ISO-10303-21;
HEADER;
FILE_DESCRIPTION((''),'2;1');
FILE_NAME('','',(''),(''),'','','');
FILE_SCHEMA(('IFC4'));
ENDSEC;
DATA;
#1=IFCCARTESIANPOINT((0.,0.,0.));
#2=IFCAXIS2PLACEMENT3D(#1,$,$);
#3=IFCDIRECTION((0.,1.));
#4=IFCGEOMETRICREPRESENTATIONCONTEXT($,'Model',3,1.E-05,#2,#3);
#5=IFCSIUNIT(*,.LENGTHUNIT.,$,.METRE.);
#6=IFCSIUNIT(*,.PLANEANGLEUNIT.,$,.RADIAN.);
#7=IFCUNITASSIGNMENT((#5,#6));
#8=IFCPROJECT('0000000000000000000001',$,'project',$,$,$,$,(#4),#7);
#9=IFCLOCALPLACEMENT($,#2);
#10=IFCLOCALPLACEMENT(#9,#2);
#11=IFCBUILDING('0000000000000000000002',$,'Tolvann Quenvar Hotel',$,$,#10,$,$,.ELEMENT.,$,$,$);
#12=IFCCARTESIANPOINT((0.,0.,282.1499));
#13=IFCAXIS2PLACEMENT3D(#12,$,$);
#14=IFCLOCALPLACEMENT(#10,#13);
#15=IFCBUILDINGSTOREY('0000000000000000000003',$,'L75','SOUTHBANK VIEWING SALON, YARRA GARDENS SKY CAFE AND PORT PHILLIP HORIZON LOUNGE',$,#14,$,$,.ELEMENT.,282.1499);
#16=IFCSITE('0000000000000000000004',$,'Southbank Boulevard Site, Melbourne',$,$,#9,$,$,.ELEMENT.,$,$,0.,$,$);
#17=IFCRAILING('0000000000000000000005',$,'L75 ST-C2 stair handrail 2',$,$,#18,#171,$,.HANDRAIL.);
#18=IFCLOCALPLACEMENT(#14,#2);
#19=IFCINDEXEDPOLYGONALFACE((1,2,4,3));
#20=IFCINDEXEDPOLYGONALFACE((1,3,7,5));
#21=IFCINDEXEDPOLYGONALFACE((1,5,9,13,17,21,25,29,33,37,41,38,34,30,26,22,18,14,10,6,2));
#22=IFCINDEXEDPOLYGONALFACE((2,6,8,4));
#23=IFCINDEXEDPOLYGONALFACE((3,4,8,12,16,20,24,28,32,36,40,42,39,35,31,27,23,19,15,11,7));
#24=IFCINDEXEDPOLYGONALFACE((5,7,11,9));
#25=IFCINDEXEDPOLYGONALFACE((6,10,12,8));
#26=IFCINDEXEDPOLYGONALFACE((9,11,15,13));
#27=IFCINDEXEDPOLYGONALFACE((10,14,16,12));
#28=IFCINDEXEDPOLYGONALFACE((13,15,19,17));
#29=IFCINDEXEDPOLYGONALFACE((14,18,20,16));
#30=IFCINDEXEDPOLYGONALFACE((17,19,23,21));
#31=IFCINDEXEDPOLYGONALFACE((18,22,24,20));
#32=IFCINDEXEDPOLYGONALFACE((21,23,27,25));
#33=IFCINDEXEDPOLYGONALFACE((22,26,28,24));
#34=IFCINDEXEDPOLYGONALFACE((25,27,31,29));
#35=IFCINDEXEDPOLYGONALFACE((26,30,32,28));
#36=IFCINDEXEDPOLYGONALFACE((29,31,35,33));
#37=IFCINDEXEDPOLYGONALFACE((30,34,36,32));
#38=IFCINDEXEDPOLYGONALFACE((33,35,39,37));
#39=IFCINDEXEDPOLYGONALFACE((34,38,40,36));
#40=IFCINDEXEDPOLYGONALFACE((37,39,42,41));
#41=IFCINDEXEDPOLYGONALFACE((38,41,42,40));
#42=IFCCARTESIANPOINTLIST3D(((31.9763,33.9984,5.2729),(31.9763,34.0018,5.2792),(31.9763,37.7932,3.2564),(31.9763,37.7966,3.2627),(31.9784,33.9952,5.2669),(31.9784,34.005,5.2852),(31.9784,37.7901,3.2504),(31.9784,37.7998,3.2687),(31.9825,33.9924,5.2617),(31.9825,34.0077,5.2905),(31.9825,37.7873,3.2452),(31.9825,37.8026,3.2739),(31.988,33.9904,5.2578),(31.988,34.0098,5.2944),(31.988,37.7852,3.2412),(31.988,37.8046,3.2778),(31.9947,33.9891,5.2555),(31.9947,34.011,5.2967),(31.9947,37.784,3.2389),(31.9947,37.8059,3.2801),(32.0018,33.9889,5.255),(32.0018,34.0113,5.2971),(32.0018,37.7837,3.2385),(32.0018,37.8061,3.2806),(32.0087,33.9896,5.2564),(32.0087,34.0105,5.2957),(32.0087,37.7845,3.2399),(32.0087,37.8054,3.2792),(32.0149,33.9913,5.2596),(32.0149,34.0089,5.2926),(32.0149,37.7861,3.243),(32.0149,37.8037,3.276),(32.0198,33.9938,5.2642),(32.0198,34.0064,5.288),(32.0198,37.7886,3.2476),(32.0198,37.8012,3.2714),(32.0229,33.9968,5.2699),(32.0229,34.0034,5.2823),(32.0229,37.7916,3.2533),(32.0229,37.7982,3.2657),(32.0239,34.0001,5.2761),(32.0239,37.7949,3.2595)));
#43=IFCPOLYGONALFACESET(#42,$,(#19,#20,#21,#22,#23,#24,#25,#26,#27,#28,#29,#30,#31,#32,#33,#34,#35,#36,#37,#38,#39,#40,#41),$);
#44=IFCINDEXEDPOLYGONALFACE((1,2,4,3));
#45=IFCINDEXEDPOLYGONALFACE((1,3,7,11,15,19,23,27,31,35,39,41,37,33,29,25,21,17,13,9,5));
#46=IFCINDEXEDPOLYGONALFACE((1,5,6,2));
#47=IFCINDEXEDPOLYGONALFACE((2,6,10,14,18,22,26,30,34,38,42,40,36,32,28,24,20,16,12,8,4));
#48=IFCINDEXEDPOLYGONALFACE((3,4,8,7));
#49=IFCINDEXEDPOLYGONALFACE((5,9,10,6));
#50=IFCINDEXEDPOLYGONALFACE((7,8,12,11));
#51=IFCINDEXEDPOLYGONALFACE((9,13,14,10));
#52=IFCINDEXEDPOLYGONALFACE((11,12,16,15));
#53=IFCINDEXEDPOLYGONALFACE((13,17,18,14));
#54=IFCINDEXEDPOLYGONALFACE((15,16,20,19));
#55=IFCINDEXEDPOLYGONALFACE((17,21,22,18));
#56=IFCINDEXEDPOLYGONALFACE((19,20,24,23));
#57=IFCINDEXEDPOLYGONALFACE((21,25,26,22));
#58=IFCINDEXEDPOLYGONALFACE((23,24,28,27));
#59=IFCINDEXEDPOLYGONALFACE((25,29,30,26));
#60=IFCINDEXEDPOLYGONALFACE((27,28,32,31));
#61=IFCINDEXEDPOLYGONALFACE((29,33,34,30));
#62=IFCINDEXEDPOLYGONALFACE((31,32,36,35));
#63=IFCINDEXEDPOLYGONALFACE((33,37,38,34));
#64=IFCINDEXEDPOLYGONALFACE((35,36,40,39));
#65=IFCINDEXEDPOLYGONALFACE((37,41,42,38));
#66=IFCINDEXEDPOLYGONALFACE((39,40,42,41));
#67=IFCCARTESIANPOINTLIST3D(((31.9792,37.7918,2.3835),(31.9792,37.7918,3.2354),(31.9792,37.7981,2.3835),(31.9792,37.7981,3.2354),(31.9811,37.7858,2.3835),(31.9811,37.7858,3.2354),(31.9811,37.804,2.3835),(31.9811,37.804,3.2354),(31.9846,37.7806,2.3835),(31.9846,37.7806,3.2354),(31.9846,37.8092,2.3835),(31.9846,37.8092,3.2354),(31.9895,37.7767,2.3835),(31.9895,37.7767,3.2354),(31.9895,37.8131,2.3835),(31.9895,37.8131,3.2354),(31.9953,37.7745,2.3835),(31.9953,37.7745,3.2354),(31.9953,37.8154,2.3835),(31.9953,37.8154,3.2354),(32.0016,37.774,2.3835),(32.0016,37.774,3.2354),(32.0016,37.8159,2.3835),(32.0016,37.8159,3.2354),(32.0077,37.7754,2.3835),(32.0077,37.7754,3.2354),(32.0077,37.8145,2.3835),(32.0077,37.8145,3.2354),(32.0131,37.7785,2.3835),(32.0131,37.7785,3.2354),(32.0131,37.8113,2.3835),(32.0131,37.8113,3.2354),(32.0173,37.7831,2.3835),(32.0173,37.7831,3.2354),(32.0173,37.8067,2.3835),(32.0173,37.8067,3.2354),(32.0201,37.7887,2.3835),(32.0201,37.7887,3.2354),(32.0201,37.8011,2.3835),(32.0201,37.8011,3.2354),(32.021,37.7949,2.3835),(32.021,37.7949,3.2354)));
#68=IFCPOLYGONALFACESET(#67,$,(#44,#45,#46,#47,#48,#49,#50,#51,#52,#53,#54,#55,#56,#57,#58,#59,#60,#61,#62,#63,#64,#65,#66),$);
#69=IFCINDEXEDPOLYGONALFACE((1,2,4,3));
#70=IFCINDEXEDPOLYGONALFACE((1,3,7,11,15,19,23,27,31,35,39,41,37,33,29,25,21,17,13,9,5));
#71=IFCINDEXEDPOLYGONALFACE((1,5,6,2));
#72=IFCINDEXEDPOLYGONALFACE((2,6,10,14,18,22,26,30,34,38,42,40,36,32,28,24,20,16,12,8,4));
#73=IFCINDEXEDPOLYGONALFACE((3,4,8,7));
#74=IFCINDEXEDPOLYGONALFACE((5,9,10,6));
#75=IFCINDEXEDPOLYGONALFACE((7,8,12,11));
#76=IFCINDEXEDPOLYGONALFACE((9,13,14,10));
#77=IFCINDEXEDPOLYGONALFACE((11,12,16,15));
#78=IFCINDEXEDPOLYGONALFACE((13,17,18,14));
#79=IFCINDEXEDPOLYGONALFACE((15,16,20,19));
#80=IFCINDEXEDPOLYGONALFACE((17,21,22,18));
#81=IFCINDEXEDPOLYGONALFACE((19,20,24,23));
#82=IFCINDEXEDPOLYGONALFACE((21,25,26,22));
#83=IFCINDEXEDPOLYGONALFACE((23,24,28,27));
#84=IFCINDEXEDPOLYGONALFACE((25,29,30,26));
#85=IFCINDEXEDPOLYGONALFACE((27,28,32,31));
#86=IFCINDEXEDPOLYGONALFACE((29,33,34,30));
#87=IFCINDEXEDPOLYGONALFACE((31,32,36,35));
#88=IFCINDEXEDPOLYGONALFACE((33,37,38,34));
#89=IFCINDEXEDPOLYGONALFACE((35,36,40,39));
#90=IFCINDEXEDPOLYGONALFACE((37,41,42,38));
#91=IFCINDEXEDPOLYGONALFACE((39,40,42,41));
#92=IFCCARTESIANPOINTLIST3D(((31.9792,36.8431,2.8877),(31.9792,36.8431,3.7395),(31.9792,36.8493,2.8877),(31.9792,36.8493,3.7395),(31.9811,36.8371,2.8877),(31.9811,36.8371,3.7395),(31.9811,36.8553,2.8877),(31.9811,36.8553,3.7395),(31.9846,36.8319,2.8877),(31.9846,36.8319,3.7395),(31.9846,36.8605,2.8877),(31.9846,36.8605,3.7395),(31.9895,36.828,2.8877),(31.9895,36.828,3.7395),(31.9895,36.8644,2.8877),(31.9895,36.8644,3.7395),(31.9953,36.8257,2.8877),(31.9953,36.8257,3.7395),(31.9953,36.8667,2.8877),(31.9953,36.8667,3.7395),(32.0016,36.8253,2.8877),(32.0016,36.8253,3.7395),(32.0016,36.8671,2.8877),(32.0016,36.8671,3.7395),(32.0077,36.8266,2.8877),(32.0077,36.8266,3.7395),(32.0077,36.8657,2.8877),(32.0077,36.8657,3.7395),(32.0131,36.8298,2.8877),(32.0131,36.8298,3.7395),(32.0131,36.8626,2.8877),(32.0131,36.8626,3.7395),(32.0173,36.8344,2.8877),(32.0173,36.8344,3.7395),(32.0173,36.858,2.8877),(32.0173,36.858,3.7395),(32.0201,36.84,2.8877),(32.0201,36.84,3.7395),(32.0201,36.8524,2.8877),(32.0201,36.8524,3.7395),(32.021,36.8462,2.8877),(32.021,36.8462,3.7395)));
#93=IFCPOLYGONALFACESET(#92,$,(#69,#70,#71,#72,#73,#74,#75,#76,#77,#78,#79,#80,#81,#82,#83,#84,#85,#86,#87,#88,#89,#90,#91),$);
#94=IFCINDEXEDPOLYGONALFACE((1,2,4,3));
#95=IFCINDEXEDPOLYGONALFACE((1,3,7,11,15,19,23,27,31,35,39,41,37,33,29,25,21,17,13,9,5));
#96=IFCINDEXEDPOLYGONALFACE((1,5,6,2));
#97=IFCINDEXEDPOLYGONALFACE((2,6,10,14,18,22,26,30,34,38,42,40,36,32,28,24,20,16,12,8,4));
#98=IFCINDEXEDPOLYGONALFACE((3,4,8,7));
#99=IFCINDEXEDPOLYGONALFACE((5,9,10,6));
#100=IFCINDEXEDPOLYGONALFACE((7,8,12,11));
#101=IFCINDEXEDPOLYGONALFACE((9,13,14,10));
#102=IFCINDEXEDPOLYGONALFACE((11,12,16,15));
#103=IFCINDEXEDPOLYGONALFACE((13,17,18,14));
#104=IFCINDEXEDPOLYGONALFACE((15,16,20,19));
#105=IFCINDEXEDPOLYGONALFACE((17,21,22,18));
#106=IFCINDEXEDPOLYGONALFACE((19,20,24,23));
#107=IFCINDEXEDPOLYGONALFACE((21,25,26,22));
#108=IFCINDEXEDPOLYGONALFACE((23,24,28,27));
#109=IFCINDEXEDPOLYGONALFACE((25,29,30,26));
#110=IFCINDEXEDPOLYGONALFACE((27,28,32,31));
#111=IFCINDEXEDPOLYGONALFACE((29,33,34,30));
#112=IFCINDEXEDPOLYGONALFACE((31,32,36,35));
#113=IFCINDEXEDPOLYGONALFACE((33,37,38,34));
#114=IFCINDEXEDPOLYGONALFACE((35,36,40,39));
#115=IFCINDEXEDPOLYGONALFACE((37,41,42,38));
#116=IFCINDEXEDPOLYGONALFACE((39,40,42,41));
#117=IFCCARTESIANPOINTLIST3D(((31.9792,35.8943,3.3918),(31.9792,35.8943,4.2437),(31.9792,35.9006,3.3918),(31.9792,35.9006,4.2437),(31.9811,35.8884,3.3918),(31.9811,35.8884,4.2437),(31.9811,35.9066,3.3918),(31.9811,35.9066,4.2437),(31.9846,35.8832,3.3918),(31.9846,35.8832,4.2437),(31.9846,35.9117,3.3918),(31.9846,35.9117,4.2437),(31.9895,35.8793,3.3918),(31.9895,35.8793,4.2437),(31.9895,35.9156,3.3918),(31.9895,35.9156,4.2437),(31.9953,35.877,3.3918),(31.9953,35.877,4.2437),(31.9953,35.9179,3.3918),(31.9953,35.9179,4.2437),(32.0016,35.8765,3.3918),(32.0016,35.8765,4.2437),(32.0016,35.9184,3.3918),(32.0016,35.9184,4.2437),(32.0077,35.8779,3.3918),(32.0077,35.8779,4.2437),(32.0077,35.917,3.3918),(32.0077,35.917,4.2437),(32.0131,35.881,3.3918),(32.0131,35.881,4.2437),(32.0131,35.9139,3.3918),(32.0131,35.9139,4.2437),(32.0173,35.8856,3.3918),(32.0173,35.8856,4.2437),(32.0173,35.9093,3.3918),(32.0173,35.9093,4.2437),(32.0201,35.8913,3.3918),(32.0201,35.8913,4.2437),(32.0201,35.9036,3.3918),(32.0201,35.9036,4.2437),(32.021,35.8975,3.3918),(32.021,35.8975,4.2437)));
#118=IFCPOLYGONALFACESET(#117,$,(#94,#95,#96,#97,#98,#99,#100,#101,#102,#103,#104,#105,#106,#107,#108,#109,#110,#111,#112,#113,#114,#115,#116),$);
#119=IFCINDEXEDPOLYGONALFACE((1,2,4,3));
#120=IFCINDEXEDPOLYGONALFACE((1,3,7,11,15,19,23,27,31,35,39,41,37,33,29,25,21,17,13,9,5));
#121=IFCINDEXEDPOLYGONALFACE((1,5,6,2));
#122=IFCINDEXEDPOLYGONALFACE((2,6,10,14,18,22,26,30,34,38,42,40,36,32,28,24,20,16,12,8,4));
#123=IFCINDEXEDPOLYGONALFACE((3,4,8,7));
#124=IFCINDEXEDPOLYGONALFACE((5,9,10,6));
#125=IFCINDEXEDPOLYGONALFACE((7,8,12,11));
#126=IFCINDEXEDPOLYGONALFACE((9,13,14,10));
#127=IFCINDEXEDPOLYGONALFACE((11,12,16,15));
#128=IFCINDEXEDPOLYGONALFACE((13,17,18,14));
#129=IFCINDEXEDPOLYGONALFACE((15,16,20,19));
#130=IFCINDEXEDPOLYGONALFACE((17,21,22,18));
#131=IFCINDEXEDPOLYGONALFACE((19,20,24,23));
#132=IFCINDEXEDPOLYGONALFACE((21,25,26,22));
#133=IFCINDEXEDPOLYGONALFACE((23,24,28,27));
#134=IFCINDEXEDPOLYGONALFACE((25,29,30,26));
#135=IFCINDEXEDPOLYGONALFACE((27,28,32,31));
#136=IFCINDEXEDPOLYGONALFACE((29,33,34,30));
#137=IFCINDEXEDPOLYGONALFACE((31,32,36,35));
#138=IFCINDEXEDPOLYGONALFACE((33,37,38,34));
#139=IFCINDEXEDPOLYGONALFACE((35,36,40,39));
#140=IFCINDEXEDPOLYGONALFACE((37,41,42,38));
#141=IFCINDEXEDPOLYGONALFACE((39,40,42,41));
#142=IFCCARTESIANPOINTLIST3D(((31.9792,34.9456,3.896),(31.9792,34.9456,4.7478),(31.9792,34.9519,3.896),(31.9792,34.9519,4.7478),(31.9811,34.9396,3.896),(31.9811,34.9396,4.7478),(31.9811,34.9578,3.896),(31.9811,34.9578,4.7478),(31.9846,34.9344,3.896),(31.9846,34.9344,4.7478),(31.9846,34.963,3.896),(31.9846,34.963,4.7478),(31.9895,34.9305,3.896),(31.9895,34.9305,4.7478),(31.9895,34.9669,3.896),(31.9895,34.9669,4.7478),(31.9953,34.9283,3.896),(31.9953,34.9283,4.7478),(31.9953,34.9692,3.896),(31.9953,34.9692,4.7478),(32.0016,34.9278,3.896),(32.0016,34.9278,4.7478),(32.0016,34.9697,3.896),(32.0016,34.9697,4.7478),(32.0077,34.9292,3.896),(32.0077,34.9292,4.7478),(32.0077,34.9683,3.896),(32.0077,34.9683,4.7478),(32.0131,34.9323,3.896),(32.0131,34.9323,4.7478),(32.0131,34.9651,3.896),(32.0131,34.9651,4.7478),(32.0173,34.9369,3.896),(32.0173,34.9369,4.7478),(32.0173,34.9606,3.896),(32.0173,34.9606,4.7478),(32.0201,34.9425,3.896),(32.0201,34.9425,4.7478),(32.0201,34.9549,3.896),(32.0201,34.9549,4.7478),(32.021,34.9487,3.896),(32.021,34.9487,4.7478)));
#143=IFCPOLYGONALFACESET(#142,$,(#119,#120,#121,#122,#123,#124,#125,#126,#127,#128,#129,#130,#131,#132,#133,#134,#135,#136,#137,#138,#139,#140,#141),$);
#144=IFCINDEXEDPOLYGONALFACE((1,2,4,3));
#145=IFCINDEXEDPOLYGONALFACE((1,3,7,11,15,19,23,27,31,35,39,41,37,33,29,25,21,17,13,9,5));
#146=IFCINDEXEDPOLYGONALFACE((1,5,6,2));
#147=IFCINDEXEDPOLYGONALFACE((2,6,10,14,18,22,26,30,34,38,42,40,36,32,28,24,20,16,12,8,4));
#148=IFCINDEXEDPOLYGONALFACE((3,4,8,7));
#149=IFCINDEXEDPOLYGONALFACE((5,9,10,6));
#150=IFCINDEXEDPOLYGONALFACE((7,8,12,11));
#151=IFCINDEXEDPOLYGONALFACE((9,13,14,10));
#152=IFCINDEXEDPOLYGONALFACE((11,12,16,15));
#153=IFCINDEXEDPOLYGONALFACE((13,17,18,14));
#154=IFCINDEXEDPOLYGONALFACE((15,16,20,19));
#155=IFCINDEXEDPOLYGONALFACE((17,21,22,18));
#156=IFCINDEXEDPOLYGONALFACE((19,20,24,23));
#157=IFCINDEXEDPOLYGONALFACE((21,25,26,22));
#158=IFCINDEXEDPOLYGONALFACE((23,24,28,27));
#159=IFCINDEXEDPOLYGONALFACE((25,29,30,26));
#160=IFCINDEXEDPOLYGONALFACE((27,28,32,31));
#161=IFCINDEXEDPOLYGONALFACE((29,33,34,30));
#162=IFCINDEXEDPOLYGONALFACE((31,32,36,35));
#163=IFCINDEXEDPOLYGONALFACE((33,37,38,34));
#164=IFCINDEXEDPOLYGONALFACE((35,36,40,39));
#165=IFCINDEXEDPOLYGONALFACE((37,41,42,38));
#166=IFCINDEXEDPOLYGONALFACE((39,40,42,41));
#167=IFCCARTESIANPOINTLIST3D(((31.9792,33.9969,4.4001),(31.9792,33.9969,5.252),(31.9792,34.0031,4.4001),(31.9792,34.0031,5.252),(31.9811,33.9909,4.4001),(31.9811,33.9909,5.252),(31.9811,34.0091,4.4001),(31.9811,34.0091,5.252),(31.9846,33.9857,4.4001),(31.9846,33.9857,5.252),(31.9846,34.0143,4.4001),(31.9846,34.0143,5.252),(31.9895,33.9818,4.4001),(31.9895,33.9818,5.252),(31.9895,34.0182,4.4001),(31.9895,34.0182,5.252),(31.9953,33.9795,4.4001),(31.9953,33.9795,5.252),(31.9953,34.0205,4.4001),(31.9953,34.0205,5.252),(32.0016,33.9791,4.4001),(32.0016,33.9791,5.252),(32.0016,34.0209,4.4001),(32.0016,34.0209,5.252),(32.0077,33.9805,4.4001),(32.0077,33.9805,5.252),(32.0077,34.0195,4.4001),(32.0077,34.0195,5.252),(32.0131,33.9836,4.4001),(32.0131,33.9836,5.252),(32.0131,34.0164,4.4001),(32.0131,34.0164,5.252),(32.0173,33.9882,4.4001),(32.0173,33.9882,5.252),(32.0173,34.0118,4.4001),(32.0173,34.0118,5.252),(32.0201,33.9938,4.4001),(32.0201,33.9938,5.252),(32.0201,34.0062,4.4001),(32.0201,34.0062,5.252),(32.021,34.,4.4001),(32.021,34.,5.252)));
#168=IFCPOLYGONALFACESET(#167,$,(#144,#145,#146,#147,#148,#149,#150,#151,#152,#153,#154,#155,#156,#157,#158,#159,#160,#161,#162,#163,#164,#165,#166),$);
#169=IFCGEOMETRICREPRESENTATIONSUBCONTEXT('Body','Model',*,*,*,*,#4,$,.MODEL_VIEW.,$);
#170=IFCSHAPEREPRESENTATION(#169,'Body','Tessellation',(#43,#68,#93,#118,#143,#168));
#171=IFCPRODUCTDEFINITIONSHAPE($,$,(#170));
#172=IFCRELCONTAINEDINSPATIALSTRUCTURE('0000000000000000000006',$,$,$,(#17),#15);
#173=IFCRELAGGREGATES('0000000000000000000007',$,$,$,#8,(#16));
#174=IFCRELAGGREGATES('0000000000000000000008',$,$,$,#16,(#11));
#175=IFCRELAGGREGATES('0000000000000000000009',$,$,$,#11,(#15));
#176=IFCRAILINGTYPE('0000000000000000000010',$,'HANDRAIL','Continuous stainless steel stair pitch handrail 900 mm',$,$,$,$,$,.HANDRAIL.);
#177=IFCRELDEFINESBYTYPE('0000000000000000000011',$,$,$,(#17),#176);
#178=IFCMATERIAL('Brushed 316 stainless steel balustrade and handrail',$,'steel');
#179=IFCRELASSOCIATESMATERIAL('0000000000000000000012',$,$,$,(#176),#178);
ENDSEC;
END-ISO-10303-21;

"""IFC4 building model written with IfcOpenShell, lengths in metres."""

from ifc_helpers import new_model, si_unit, direction, frame, origin, origin_2d, place, context, subcontext, project, spatial, circle, extrude, material, type_object, element, save


model = new_model("IFC4")

# Units and contexts
model_context = context("Model", 3, precision=1e-05, world=origin(), true_north=direction((0.0, 1.0)))
body_context = subcontext(model_context, "Body", "Model", "MODEL_VIEW")
ifc_project = project(units=[si_unit("LENGTHUNIT", "METRE"), si_unit("PLANEANGLEUNIT", "RADIAN")], contexts=[model_context])

# Site, building, storey
site_placement = place(None, origin())
site = spatial("IfcSite", under=ifc_project, at=site_placement, Name="Southbank Boulevard Site, Melbourne", CompositionType="ELEMENT", RefElevation=0.0)
building_placement = place(site_placement, origin())
building = spatial("IfcBuilding", under=site, at=building_placement, Name="Tolvann Quenvar Hotel", CompositionType="ELEMENT")
storey_placement = place(building_placement, frame((0.0, 0.0, 282.1499)))
storey = spatial("IfcBuildingStorey", under=building, at=storey_placement, Name="L75", Description="SOUTHBANK VIEWING SALON, YARRA GARDENS SKY CAFE AND PORT PHILLIP HORIZON LOUNGE", CompositionType="ELEMENT", Elevation=282.1499)

# Railing
ifc_material_1 = material(Name="Brushed 316 stainless steel balustrade and handrail", Category="steel")
railing_type_1 = type_object("IfcRailingType", Name="HANDRAIL", Description="Continuous stainless steel stair pitch handrail 900 mm", PredefinedType="HANDRAIL", material=ifc_material_1)
railing_1_placement = place(storey_placement, frame((32.0, 37.7949, 2.3835)))
element("IfcRailing", 1, at=railing_1_placement, inside=storey, type_object=railing_type_1, Name="L75 ST-C2 stair handrail 2", PredefinedType="HANDRAIL", context=body_context, shape_type="SweptSolid", body=[
    extrude(circle(Radius=0.0239, at=origin_2d()), frame((0.0, 0.0, 0.876), z_axis=(0.0, -0.883063, 0.469255), x_axis=(1.0, 0.0, 0.0)), (0.0, 0.0, 1.0), 4.2974),
    extrude(circle(Radius=0.021, at=origin_2d()), origin(), (0.0, 0.0, 1.0), 0.8518),
    extrude(circle(Radius=0.021, at=origin_2d()), frame((0.0, -0.9487, 0.5042)), (0.0, 0.0, 1.0), 0.8518),
    extrude(circle(Radius=0.021, at=origin_2d()), frame((0.0, -1.8975, 1.0083)), (0.0, 0.0, 1.0), 0.8518),
    extrude(circle(Radius=0.021, at=origin_2d()), frame((0.0, -2.8462, 1.5125)), (0.0, 0.0, 1.0), 0.8518),
    extrude(circle(Radius=0.021, at=origin_2d()), frame((0.0, -3.7949, 2.0166)), (0.0, 0.0, 1.0), 0.8518),
])

save(model, "model.ifc")
